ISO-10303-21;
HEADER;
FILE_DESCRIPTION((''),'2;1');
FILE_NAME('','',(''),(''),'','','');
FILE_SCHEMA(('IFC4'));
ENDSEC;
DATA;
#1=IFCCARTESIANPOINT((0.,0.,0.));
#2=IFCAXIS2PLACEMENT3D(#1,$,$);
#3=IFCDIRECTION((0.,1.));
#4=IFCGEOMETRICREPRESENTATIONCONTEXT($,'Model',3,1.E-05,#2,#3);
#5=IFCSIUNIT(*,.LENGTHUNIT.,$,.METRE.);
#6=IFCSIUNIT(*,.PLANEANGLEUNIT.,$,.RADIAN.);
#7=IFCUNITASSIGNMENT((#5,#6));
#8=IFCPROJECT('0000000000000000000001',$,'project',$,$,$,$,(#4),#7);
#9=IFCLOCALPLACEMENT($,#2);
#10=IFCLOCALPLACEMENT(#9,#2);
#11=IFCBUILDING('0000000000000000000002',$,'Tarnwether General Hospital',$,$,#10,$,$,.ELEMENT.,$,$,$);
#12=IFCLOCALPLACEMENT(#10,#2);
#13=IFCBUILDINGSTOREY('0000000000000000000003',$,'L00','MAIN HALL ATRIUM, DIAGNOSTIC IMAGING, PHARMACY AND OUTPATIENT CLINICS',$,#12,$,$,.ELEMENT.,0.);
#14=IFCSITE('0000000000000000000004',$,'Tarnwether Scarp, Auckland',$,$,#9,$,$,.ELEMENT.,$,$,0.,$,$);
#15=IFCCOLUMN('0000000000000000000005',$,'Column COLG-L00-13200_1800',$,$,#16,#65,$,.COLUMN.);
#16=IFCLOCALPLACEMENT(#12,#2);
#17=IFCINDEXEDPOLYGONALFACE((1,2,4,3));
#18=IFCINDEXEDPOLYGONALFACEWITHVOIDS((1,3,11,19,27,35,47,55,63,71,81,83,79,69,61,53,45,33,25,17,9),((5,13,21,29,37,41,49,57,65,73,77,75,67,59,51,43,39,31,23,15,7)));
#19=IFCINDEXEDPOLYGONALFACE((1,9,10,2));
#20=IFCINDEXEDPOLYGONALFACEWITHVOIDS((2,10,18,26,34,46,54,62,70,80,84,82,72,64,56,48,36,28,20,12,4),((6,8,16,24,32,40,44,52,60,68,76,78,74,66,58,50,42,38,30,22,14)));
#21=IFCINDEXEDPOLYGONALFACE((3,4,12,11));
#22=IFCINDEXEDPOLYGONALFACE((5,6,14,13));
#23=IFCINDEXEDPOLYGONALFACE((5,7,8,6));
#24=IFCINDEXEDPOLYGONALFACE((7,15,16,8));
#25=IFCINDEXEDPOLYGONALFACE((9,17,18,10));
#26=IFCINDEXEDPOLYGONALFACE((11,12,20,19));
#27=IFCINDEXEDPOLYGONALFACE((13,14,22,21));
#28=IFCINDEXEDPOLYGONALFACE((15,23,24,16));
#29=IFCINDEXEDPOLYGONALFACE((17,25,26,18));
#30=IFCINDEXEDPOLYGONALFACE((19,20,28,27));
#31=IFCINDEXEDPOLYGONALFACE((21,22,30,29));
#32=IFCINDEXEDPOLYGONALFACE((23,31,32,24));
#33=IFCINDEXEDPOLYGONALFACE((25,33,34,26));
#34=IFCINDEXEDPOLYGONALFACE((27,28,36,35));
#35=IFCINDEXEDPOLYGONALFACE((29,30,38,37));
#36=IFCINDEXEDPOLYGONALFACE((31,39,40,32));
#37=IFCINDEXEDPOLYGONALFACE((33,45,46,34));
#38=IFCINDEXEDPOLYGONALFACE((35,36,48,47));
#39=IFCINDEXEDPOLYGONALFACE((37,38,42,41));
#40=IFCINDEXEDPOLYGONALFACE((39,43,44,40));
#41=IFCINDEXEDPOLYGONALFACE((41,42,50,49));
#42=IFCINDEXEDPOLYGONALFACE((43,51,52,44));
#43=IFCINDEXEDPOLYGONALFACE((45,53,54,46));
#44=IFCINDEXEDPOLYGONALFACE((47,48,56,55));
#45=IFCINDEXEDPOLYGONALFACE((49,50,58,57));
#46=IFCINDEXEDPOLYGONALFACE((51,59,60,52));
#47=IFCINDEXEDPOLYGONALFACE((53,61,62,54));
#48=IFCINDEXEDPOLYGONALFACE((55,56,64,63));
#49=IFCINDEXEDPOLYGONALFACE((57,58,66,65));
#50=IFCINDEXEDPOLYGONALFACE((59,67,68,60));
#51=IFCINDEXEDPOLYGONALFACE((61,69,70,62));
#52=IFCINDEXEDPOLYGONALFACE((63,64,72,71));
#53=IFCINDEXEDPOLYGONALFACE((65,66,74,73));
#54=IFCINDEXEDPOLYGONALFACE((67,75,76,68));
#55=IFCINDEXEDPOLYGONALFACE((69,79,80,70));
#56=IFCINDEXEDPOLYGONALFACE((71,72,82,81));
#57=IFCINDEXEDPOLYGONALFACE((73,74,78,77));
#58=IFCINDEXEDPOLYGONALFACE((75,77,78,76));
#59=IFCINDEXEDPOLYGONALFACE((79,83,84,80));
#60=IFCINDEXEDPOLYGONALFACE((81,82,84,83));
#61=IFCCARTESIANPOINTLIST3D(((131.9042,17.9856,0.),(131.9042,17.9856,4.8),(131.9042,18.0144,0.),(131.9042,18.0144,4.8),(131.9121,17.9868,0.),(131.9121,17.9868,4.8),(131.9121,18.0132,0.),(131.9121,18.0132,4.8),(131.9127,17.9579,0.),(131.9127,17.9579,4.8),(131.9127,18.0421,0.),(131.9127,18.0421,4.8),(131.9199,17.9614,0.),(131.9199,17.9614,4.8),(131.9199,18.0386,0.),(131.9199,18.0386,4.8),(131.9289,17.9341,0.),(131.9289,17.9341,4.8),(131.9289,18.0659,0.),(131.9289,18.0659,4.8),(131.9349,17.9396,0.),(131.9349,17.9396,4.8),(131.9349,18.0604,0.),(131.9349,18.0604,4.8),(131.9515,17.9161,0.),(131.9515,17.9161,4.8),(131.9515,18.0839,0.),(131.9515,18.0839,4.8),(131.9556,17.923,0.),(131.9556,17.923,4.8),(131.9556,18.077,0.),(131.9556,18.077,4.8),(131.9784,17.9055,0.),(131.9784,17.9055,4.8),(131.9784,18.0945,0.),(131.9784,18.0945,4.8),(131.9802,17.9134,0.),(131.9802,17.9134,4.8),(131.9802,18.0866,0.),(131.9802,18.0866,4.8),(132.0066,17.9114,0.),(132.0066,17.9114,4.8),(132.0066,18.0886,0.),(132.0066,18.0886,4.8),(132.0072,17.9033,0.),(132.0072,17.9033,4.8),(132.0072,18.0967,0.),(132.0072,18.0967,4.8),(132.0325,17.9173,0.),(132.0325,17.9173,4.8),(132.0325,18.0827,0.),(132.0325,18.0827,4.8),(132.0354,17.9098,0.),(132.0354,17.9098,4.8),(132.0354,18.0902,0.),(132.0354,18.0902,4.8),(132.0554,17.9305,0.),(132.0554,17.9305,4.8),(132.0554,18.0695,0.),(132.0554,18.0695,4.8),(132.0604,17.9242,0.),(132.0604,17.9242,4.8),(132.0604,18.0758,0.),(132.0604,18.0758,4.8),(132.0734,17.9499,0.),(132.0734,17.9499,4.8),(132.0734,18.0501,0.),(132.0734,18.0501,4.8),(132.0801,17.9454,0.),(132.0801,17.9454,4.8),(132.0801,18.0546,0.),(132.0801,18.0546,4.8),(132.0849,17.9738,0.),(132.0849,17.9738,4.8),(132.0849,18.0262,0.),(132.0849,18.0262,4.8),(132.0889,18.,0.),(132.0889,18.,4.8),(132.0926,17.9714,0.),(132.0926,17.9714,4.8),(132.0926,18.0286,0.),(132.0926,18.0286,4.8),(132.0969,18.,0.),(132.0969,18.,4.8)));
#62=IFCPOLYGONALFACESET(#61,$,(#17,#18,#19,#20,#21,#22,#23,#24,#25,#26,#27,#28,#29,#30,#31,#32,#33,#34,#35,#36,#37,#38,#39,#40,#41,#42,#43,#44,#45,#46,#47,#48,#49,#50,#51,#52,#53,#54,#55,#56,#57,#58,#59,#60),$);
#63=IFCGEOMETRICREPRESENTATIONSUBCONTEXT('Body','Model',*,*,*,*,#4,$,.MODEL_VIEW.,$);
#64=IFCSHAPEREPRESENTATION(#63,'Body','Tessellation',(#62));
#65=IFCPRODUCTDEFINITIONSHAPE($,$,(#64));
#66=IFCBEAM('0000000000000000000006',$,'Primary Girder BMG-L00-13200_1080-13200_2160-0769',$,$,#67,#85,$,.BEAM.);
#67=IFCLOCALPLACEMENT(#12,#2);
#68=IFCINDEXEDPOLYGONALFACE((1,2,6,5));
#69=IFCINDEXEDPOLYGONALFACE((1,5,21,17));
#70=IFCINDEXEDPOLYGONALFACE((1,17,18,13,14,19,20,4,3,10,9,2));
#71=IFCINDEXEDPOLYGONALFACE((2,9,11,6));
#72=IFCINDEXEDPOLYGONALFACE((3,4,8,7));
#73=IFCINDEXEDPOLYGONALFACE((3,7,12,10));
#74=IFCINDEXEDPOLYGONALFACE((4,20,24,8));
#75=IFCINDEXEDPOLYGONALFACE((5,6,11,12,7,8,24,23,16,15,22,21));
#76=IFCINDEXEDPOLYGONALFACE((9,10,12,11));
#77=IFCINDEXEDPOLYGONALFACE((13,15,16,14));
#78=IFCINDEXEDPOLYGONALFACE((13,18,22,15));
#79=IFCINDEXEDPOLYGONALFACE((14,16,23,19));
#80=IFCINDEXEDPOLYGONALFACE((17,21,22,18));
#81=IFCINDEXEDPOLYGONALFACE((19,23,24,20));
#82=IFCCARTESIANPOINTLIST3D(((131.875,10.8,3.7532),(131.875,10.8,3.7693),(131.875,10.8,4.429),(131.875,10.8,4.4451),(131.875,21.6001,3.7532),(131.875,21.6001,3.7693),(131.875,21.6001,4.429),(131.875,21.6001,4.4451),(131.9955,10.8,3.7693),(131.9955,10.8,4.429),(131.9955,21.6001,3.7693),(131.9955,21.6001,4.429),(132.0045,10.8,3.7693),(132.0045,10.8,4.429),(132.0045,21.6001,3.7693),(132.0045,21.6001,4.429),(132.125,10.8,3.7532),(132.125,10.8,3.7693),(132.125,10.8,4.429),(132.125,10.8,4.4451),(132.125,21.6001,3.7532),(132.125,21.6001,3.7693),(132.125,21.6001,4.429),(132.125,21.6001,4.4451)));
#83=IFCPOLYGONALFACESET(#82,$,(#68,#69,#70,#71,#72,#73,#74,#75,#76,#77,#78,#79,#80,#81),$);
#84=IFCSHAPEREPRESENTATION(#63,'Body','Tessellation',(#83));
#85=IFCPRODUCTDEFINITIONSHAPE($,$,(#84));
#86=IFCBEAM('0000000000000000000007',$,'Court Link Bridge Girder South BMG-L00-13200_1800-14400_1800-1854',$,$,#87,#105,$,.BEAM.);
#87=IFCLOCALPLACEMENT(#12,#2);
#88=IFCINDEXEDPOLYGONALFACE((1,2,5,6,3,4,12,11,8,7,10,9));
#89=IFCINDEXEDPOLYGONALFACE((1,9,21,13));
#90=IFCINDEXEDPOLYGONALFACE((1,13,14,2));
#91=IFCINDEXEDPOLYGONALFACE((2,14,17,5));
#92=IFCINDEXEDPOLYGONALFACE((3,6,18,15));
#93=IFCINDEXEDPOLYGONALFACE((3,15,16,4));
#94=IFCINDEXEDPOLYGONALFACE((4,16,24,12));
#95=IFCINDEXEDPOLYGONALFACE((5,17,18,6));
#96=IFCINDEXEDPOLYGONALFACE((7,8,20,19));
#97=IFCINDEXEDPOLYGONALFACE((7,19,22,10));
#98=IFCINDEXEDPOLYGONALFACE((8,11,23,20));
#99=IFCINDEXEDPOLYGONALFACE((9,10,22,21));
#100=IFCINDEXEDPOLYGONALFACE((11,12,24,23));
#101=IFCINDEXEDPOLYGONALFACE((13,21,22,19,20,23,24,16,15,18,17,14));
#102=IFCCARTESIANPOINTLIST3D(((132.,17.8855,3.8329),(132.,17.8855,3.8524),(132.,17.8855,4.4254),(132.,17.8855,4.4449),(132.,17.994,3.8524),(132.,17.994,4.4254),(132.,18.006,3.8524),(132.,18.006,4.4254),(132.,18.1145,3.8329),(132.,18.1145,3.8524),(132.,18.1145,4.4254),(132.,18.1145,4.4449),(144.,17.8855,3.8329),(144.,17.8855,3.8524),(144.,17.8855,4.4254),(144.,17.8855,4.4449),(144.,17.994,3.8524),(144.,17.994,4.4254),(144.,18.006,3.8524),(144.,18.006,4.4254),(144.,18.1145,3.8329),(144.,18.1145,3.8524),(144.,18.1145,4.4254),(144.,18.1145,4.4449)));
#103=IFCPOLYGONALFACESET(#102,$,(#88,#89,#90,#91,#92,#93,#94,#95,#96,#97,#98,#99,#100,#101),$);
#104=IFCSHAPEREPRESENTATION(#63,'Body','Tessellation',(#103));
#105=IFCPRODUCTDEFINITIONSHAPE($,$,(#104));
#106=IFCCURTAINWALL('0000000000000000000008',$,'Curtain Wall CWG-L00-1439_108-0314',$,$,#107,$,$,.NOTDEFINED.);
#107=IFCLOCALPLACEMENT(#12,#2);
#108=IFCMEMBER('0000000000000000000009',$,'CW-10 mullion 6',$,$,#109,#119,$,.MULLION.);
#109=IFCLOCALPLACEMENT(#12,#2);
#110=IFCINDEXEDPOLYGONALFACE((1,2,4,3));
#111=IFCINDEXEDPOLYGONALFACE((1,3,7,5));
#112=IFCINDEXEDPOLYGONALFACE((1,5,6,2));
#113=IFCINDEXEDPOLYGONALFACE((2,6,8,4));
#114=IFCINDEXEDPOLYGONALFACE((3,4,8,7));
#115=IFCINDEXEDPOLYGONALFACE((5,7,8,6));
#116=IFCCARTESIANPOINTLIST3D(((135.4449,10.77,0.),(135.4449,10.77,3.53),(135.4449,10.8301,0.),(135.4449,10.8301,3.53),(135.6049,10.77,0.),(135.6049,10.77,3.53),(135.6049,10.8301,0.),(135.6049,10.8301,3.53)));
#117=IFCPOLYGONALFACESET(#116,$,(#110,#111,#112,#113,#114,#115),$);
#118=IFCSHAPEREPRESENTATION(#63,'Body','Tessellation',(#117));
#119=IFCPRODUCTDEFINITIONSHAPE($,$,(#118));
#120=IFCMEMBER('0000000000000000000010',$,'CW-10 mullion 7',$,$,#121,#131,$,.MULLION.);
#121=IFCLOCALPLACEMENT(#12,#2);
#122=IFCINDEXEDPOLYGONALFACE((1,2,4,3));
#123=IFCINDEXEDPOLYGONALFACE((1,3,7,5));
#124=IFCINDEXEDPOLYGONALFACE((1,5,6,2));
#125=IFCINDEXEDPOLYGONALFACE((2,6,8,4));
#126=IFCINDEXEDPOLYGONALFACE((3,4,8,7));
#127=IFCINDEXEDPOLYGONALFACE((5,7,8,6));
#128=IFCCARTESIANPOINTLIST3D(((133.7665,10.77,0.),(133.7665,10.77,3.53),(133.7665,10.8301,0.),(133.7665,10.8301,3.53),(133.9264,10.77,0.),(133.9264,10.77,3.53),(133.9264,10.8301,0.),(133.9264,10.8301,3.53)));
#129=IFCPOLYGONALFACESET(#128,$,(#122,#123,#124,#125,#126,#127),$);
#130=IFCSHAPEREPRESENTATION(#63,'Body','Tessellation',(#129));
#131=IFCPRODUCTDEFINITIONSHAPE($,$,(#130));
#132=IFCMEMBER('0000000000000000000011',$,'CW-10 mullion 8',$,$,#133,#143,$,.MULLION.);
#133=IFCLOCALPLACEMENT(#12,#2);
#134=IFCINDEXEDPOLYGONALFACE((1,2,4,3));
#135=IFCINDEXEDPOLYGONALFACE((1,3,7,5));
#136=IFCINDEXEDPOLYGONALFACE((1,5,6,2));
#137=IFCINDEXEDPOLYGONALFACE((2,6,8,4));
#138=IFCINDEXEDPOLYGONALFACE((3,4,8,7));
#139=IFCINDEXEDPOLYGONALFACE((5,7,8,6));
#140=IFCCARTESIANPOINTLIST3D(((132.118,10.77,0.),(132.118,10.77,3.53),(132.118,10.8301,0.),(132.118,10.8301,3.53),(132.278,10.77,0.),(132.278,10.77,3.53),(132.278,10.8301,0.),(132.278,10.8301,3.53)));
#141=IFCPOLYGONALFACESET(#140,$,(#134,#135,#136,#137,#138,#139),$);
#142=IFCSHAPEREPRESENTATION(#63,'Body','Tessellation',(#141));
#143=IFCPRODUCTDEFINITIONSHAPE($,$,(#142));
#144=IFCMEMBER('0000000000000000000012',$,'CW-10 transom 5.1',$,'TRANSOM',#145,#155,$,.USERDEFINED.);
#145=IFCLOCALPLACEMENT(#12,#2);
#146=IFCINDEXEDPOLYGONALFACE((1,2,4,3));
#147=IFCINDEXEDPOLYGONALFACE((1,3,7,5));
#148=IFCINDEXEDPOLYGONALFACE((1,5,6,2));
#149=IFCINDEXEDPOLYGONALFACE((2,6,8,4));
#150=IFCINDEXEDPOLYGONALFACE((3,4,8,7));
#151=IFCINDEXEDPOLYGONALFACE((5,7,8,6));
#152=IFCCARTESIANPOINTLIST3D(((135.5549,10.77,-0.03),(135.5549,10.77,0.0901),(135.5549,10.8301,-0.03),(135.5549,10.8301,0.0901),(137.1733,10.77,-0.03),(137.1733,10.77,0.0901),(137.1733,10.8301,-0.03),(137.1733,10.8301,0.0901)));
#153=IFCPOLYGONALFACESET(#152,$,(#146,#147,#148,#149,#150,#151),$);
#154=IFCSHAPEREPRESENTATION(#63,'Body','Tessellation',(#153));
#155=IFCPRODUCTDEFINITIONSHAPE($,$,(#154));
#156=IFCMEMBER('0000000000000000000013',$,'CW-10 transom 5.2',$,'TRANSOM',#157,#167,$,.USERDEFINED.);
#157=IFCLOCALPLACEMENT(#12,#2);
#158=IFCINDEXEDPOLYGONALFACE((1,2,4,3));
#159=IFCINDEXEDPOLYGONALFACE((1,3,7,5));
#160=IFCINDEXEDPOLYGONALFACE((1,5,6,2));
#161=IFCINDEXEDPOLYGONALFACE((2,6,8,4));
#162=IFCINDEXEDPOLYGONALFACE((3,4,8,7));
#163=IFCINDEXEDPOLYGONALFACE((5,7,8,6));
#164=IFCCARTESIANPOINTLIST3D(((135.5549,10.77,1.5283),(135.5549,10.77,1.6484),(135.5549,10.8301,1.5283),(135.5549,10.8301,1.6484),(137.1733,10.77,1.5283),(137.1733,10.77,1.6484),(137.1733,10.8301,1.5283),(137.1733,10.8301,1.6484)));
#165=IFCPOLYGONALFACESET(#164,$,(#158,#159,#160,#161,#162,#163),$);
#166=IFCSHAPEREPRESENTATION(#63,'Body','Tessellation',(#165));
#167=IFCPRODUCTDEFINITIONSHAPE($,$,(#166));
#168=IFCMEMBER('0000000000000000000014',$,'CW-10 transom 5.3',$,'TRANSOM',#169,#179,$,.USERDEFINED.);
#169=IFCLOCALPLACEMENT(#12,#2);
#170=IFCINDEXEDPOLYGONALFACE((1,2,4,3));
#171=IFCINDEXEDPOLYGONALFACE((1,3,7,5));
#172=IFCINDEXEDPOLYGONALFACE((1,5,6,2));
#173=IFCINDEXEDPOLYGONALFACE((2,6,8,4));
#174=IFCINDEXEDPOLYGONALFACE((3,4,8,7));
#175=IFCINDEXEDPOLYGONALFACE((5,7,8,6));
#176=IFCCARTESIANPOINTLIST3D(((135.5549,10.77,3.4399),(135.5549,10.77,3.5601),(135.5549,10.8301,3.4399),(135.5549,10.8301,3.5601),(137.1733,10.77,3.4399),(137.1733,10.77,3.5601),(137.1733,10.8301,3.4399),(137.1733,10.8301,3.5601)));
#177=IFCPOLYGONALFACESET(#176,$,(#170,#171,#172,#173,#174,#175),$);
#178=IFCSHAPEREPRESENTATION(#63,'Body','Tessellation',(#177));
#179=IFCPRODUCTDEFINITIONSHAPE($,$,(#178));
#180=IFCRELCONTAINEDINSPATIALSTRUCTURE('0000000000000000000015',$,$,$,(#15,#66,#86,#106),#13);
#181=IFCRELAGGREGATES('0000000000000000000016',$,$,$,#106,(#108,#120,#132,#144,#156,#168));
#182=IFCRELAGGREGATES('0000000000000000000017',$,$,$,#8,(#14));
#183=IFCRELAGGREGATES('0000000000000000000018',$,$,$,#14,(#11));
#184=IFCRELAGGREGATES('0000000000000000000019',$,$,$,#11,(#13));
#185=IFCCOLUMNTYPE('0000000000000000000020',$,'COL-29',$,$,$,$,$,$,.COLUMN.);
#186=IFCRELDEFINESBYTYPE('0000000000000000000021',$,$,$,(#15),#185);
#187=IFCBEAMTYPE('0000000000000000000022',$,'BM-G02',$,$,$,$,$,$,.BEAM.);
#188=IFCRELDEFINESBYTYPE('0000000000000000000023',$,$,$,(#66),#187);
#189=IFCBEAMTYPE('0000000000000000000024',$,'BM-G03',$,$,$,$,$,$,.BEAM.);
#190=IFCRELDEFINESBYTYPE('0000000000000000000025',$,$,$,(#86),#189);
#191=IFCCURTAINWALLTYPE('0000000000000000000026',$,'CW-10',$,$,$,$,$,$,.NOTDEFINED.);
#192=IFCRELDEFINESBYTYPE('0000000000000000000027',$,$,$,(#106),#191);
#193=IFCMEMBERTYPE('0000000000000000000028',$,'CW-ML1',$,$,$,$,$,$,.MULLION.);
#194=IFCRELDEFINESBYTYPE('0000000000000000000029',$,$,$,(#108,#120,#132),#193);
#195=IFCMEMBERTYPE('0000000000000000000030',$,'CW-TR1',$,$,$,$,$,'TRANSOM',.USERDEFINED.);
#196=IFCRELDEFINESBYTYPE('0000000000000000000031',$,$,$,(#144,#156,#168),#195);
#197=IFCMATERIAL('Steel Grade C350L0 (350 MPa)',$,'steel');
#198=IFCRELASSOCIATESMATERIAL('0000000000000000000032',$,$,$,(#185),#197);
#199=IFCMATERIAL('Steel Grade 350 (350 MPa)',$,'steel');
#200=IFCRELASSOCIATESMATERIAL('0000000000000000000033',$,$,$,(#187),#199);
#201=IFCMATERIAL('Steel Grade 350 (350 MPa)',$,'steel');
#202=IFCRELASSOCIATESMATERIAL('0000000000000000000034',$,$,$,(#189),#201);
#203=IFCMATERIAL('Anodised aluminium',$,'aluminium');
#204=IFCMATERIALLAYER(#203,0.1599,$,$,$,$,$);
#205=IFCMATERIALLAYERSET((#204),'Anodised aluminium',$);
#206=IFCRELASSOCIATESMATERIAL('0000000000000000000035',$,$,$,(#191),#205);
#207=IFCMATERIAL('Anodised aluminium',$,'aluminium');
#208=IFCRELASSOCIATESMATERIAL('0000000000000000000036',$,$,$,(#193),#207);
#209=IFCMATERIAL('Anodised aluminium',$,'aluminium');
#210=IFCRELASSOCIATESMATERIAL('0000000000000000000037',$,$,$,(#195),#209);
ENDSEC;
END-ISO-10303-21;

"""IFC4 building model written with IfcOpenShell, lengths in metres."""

from ifc_helpers import new_model, si_unit, direction, frame, origin, origin_2d, place, context, subcontext, project, spatial, rectangle, hollow_circle, i_section, extrude, material, layer, layer_set, material_profile, profile_set, type_object, element, aggregate, save


model = new_model("IFC4")

# Units and contexts
model_context = context("Model", 3, precision=1e-05, world=origin(), true_north=direction((0.0, 1.0)))
body_context = subcontext(model_context, "Body", "Model", "MODEL_VIEW")
ifc_project = project(units=[si_unit("LENGTHUNIT", "METRE"), si_unit("PLANEANGLEUNIT", "RADIAN")], contexts=[model_context])

# Site, building, storey
site_placement = place(None, origin())
site = spatial("IfcSite", under=ifc_project, at=site_placement, Name="Tarnwether Scarp, Auckland", CompositionType="ELEMENT", RefElevation=0.0)
building_placement = place(site_placement, origin())
building = spatial("IfcBuilding", under=site, at=building_placement, Name="Tarnwether General Hospital", CompositionType="ELEMENT")
storey_placement = place(building_placement, origin())
storey = spatial("IfcBuildingStorey", under=building, at=storey_placement, Name="L00", Description="MAIN HALL ATRIUM, DIAGNOSTIC IMAGING, PHARMACY AND OUTPATIENT CLINICS", CompositionType="ELEMENT", Elevation=0.0)

# Column
ifc_material_1 = material(Name="Steel Grade C350L0 (350 MPa)", Category="steel")
ifc_material_profile_1 = material_profile(ifc_material_1, hollow_circle(Radius=0.0969, WallThickness=0.0081, at=origin_2d()), Name="CHS193.7x8.0")
ifc_profile_set_1 = profile_set([ifc_material_profile_1], Name="Steel Grade C350L0 (350 MPa)")
column_type = type_object("IfcColumnType", Name="COL-29", PredefinedType="COLUMN", material=ifc_profile_set_1)
column_placement = place(storey_placement, frame((132.0, 18.0, 0.0), z_axis=(0.0, 0.0, 1.0), x_axis=(1.0, 0.0, 0.0)))
element("IfcColumn", 1, at=column_placement, inside=storey, type_object=column_type, Name="Column COLG-L00-13200_1800", PredefinedType="COLUMN", context=body_context, shape_type="SweptSolid", body=[
    extrude(hollow_circle(Radius=0.0969, WallThickness=0.0081, at=origin_2d()), origin(), (0.0, 0.0, 1.0), 4.8),
])

# Beams
ifc_material_2 = material(Name="Steel Grade 350 (350 MPa)", Category="steel")
ifc_material_profile_2 = material_profile(ifc_material_2, i_section(OverallWidth=0.25, OverallDepth=0.6919, WebThickness=0.009, FlangeThickness=0.0161, at=origin_2d()), Name="700WB115")
ifc_profile_set_2 = profile_set([ifc_material_profile_2], Name="Steel Grade 350 (350 MPa)")
beam_type_1 = type_object("IfcBeamType", Name="BM-G02", PredefinedType="BEAM", material=ifc_profile_set_2)
beam_1_placement = place(storey_placement, frame((132.0, 10.8, 4.0991), z_axis=(0.0, 1.0, 0.0), x_axis=(-1.0, 0.0, 0.0)))
element("IfcBeam", 2, at=beam_1_placement, inside=storey, type_object=beam_type_1, Name="Primary Girder BMG-L00-13200_1080-13200_2160-0769", PredefinedType="BEAM", context=body_context, shape_type="SweptSolid", body=[
    extrude(i_section(OverallWidth=0.25, OverallDepth=0.6919, WebThickness=0.009, FlangeThickness=0.0161, at=origin_2d()), origin(), (0.0, 0.0, 1.0), 10.8),
])
ifc_material_3 = material(Name="Steel Grade 350 (350 MPa)", Category="steel")
ifc_material_profile_3 = material_profile(ifc_material_3, i_section(OverallWidth=0.229, OverallDepth=0.6121, WebThickness=0.012, FlangeThickness=0.0195, at=origin_2d()), Name="610UB125")
ifc_profile_set_3 = profile_set([ifc_material_profile_3], Name="Steel Grade 350 (350 MPa)")
beam_type_2 = type_object("IfcBeamType", Name="BM-G03", PredefinedType="BEAM", material=ifc_profile_set_3)
beam_2_placement = place(storey_placement, frame((132.0, 18.0, 4.1389), z_axis=(1.0, 0.0, 0.0), x_axis=(0.0, 1.0, 0.0)))
element("IfcBeam", 3, at=beam_2_placement, inside=storey, type_object=beam_type_2, Name="Court Link Bridge Girder South BMG-L00-13200_1800-14400_1800-1854", PredefinedType="BEAM", context=body_context, shape_type="SweptSolid", body=[
    extrude(i_section(OverallWidth=0.229, OverallDepth=0.6121, WebThickness=0.012, FlangeThickness=0.0195, at=origin_2d()), origin(), (0.0, 0.0, 1.0), 12.0),
])

# Curtain wall, members
ifc_material_4 = material(Name="Anodised aluminium", Category="aluminium")
ifc_layer_1 = layer(ifc_material_4, 0.1599)
ifc_layer_set_1 = layer_set([ifc_layer_1], Name="Anodised aluminium")
curtain_wall_type = type_object("IfcCurtainWallType", Name="CW-10", PredefinedType="NOTDEFINED", material=ifc_layer_set_1)
curtain_wall_placement = place(storey_placement, origin())
curtain_wall = element("IfcCurtainWall", 4, at=curtain_wall_placement, inside=storey, type_object=curtain_wall_type, Name="Curtain Wall CWG-L00-1439_108-0314", PredefinedType="NOTDEFINED")
ifc_material_5 = material(Name="Anodised aluminium", Category="aluminium")
ifc_material_profile_4 = material_profile(ifc_material_5, rectangle(XDim=0.0601, YDim=0.1599, at=origin_2d()), Name="ALU-MUL-60x160")
ifc_profile_set_4 = profile_set([ifc_material_profile_4], Name="Anodised aluminium")
member_type_1 = type_object("IfcMemberType", Name="CW-ML1", PredefinedType="MULLION", material=ifc_profile_set_4)
member_1_placement = place(storey_placement, frame((135.5249, 10.8, 0.0), z_axis=(0.0, 0.0, 1.0), x_axis=(0.0, -1.0, 0.0)))
member_1 = element("IfcMember", 5, at=member_1_placement, type_object=member_type_1, Name="CW-10 mullion 6", PredefinedType="MULLION", context=body_context, shape_type="SweptSolid", body=[
    extrude(rectangle(XDim=0.0601, YDim=0.1599, at=origin_2d()), origin(), (0.0, 0.0, 1.0), 3.53),
])
member_2_placement = place(storey_placement, frame((133.8464, 10.8, 0.0), z_axis=(0.0, 0.0, 1.0), x_axis=(0.0, -1.0, 0.0)))
member_2 = element("IfcMember", 6, at=member_2_placement, type_object=member_type_1, Name="CW-10 mullion 7", PredefinedType="MULLION", context=body_context, shape_type="SweptSolid", body=[
    extrude(rectangle(XDim=0.0601, YDim=0.1599, at=origin_2d()), origin(), (0.0, 0.0, 1.0), 3.53),
])
member_3_placement = place(storey_placement, frame((132.198, 10.8, 0.0), z_axis=(0.0, 0.0, 1.0), x_axis=(0.0, -1.0, 0.0)))
member_3 = element("IfcMember", 7, at=member_3_placement, type_object=member_type_1, Name="CW-10 mullion 8", PredefinedType="MULLION", context=body_context, shape_type="SweptSolid", body=[
    extrude(rectangle(XDim=0.0601, YDim=0.1599, at=origin_2d()), origin(), (0.0, 0.0, 1.0), 3.53),
])
ifc_material_6 = material(Name="Anodised aluminium", Category="aluminium")
ifc_material_profile_5 = material_profile(ifc_material_6, rectangle(XDim=0.0601, YDim=0.1201, at=origin_2d()), Name="ALU-TRN-60x120")
ifc_profile_set_5 = profile_set([ifc_material_profile_5], Name="Anodised aluminium")
member_type_2 = type_object("IfcMemberType", Name="CW-TR1", ElementType="TRANSOM", PredefinedType="USERDEFINED", material=ifc_profile_set_5)
member_4_placement = place(storey_placement, frame((137.1733, 10.8, 0.03), z_axis=(-1.0, 0.0, 0.0), x_axis=(0.0, -1.0, 0.0)))
member_4 = element("IfcMember", 8, at=member_4_placement, type_object=member_type_2, Name="CW-10 transom 5.1", ObjectType="TRANSOM", PredefinedType="USERDEFINED", context=body_context, shape_type="SweptSolid", body=[
    extrude(rectangle(XDim=0.0601, YDim=0.1201, at=origin_2d()), origin(), (0.0, 0.0, 1.0), 1.6184),
])
member_5_placement = place(storey_placement, frame((137.1733, 10.8, 1.5884), z_axis=(-1.0, 0.0, 0.0), x_axis=(0.0, -1.0, 0.0)))
member_5 = element("IfcMember", 9, at=member_5_placement, type_object=member_type_2, Name="CW-10 transom 5.2", ObjectType="TRANSOM", PredefinedType="USERDEFINED", context=body_context, shape_type="SweptSolid", body=[
    extrude(rectangle(XDim=0.0601, YDim=0.1201, at=origin_2d()), origin(), (0.0, 0.0, 1.0), 1.6184),
])
member_6_placement = place(storey_placement, frame((137.1733, 10.8, 3.5), z_axis=(-1.0, 0.0, 0.0), x_axis=(0.0, -1.0, 0.0)))
member_6 = element("IfcMember", 10, at=member_6_placement, type_object=member_type_2, Name="CW-10 transom 5.3", ObjectType="TRANSOM", PredefinedType="USERDEFINED", context=body_context, shape_type="SweptSolid", body=[
    extrude(rectangle(XDim=0.0601, YDim=0.1201, at=origin_2d()), origin(), (0.0, 0.0, 1.0), 1.6184),
])
aggregate(curtain_wall, [member_1, member_2, member_3, member_4, member_5, member_6])

save(model, "model.ifc")
